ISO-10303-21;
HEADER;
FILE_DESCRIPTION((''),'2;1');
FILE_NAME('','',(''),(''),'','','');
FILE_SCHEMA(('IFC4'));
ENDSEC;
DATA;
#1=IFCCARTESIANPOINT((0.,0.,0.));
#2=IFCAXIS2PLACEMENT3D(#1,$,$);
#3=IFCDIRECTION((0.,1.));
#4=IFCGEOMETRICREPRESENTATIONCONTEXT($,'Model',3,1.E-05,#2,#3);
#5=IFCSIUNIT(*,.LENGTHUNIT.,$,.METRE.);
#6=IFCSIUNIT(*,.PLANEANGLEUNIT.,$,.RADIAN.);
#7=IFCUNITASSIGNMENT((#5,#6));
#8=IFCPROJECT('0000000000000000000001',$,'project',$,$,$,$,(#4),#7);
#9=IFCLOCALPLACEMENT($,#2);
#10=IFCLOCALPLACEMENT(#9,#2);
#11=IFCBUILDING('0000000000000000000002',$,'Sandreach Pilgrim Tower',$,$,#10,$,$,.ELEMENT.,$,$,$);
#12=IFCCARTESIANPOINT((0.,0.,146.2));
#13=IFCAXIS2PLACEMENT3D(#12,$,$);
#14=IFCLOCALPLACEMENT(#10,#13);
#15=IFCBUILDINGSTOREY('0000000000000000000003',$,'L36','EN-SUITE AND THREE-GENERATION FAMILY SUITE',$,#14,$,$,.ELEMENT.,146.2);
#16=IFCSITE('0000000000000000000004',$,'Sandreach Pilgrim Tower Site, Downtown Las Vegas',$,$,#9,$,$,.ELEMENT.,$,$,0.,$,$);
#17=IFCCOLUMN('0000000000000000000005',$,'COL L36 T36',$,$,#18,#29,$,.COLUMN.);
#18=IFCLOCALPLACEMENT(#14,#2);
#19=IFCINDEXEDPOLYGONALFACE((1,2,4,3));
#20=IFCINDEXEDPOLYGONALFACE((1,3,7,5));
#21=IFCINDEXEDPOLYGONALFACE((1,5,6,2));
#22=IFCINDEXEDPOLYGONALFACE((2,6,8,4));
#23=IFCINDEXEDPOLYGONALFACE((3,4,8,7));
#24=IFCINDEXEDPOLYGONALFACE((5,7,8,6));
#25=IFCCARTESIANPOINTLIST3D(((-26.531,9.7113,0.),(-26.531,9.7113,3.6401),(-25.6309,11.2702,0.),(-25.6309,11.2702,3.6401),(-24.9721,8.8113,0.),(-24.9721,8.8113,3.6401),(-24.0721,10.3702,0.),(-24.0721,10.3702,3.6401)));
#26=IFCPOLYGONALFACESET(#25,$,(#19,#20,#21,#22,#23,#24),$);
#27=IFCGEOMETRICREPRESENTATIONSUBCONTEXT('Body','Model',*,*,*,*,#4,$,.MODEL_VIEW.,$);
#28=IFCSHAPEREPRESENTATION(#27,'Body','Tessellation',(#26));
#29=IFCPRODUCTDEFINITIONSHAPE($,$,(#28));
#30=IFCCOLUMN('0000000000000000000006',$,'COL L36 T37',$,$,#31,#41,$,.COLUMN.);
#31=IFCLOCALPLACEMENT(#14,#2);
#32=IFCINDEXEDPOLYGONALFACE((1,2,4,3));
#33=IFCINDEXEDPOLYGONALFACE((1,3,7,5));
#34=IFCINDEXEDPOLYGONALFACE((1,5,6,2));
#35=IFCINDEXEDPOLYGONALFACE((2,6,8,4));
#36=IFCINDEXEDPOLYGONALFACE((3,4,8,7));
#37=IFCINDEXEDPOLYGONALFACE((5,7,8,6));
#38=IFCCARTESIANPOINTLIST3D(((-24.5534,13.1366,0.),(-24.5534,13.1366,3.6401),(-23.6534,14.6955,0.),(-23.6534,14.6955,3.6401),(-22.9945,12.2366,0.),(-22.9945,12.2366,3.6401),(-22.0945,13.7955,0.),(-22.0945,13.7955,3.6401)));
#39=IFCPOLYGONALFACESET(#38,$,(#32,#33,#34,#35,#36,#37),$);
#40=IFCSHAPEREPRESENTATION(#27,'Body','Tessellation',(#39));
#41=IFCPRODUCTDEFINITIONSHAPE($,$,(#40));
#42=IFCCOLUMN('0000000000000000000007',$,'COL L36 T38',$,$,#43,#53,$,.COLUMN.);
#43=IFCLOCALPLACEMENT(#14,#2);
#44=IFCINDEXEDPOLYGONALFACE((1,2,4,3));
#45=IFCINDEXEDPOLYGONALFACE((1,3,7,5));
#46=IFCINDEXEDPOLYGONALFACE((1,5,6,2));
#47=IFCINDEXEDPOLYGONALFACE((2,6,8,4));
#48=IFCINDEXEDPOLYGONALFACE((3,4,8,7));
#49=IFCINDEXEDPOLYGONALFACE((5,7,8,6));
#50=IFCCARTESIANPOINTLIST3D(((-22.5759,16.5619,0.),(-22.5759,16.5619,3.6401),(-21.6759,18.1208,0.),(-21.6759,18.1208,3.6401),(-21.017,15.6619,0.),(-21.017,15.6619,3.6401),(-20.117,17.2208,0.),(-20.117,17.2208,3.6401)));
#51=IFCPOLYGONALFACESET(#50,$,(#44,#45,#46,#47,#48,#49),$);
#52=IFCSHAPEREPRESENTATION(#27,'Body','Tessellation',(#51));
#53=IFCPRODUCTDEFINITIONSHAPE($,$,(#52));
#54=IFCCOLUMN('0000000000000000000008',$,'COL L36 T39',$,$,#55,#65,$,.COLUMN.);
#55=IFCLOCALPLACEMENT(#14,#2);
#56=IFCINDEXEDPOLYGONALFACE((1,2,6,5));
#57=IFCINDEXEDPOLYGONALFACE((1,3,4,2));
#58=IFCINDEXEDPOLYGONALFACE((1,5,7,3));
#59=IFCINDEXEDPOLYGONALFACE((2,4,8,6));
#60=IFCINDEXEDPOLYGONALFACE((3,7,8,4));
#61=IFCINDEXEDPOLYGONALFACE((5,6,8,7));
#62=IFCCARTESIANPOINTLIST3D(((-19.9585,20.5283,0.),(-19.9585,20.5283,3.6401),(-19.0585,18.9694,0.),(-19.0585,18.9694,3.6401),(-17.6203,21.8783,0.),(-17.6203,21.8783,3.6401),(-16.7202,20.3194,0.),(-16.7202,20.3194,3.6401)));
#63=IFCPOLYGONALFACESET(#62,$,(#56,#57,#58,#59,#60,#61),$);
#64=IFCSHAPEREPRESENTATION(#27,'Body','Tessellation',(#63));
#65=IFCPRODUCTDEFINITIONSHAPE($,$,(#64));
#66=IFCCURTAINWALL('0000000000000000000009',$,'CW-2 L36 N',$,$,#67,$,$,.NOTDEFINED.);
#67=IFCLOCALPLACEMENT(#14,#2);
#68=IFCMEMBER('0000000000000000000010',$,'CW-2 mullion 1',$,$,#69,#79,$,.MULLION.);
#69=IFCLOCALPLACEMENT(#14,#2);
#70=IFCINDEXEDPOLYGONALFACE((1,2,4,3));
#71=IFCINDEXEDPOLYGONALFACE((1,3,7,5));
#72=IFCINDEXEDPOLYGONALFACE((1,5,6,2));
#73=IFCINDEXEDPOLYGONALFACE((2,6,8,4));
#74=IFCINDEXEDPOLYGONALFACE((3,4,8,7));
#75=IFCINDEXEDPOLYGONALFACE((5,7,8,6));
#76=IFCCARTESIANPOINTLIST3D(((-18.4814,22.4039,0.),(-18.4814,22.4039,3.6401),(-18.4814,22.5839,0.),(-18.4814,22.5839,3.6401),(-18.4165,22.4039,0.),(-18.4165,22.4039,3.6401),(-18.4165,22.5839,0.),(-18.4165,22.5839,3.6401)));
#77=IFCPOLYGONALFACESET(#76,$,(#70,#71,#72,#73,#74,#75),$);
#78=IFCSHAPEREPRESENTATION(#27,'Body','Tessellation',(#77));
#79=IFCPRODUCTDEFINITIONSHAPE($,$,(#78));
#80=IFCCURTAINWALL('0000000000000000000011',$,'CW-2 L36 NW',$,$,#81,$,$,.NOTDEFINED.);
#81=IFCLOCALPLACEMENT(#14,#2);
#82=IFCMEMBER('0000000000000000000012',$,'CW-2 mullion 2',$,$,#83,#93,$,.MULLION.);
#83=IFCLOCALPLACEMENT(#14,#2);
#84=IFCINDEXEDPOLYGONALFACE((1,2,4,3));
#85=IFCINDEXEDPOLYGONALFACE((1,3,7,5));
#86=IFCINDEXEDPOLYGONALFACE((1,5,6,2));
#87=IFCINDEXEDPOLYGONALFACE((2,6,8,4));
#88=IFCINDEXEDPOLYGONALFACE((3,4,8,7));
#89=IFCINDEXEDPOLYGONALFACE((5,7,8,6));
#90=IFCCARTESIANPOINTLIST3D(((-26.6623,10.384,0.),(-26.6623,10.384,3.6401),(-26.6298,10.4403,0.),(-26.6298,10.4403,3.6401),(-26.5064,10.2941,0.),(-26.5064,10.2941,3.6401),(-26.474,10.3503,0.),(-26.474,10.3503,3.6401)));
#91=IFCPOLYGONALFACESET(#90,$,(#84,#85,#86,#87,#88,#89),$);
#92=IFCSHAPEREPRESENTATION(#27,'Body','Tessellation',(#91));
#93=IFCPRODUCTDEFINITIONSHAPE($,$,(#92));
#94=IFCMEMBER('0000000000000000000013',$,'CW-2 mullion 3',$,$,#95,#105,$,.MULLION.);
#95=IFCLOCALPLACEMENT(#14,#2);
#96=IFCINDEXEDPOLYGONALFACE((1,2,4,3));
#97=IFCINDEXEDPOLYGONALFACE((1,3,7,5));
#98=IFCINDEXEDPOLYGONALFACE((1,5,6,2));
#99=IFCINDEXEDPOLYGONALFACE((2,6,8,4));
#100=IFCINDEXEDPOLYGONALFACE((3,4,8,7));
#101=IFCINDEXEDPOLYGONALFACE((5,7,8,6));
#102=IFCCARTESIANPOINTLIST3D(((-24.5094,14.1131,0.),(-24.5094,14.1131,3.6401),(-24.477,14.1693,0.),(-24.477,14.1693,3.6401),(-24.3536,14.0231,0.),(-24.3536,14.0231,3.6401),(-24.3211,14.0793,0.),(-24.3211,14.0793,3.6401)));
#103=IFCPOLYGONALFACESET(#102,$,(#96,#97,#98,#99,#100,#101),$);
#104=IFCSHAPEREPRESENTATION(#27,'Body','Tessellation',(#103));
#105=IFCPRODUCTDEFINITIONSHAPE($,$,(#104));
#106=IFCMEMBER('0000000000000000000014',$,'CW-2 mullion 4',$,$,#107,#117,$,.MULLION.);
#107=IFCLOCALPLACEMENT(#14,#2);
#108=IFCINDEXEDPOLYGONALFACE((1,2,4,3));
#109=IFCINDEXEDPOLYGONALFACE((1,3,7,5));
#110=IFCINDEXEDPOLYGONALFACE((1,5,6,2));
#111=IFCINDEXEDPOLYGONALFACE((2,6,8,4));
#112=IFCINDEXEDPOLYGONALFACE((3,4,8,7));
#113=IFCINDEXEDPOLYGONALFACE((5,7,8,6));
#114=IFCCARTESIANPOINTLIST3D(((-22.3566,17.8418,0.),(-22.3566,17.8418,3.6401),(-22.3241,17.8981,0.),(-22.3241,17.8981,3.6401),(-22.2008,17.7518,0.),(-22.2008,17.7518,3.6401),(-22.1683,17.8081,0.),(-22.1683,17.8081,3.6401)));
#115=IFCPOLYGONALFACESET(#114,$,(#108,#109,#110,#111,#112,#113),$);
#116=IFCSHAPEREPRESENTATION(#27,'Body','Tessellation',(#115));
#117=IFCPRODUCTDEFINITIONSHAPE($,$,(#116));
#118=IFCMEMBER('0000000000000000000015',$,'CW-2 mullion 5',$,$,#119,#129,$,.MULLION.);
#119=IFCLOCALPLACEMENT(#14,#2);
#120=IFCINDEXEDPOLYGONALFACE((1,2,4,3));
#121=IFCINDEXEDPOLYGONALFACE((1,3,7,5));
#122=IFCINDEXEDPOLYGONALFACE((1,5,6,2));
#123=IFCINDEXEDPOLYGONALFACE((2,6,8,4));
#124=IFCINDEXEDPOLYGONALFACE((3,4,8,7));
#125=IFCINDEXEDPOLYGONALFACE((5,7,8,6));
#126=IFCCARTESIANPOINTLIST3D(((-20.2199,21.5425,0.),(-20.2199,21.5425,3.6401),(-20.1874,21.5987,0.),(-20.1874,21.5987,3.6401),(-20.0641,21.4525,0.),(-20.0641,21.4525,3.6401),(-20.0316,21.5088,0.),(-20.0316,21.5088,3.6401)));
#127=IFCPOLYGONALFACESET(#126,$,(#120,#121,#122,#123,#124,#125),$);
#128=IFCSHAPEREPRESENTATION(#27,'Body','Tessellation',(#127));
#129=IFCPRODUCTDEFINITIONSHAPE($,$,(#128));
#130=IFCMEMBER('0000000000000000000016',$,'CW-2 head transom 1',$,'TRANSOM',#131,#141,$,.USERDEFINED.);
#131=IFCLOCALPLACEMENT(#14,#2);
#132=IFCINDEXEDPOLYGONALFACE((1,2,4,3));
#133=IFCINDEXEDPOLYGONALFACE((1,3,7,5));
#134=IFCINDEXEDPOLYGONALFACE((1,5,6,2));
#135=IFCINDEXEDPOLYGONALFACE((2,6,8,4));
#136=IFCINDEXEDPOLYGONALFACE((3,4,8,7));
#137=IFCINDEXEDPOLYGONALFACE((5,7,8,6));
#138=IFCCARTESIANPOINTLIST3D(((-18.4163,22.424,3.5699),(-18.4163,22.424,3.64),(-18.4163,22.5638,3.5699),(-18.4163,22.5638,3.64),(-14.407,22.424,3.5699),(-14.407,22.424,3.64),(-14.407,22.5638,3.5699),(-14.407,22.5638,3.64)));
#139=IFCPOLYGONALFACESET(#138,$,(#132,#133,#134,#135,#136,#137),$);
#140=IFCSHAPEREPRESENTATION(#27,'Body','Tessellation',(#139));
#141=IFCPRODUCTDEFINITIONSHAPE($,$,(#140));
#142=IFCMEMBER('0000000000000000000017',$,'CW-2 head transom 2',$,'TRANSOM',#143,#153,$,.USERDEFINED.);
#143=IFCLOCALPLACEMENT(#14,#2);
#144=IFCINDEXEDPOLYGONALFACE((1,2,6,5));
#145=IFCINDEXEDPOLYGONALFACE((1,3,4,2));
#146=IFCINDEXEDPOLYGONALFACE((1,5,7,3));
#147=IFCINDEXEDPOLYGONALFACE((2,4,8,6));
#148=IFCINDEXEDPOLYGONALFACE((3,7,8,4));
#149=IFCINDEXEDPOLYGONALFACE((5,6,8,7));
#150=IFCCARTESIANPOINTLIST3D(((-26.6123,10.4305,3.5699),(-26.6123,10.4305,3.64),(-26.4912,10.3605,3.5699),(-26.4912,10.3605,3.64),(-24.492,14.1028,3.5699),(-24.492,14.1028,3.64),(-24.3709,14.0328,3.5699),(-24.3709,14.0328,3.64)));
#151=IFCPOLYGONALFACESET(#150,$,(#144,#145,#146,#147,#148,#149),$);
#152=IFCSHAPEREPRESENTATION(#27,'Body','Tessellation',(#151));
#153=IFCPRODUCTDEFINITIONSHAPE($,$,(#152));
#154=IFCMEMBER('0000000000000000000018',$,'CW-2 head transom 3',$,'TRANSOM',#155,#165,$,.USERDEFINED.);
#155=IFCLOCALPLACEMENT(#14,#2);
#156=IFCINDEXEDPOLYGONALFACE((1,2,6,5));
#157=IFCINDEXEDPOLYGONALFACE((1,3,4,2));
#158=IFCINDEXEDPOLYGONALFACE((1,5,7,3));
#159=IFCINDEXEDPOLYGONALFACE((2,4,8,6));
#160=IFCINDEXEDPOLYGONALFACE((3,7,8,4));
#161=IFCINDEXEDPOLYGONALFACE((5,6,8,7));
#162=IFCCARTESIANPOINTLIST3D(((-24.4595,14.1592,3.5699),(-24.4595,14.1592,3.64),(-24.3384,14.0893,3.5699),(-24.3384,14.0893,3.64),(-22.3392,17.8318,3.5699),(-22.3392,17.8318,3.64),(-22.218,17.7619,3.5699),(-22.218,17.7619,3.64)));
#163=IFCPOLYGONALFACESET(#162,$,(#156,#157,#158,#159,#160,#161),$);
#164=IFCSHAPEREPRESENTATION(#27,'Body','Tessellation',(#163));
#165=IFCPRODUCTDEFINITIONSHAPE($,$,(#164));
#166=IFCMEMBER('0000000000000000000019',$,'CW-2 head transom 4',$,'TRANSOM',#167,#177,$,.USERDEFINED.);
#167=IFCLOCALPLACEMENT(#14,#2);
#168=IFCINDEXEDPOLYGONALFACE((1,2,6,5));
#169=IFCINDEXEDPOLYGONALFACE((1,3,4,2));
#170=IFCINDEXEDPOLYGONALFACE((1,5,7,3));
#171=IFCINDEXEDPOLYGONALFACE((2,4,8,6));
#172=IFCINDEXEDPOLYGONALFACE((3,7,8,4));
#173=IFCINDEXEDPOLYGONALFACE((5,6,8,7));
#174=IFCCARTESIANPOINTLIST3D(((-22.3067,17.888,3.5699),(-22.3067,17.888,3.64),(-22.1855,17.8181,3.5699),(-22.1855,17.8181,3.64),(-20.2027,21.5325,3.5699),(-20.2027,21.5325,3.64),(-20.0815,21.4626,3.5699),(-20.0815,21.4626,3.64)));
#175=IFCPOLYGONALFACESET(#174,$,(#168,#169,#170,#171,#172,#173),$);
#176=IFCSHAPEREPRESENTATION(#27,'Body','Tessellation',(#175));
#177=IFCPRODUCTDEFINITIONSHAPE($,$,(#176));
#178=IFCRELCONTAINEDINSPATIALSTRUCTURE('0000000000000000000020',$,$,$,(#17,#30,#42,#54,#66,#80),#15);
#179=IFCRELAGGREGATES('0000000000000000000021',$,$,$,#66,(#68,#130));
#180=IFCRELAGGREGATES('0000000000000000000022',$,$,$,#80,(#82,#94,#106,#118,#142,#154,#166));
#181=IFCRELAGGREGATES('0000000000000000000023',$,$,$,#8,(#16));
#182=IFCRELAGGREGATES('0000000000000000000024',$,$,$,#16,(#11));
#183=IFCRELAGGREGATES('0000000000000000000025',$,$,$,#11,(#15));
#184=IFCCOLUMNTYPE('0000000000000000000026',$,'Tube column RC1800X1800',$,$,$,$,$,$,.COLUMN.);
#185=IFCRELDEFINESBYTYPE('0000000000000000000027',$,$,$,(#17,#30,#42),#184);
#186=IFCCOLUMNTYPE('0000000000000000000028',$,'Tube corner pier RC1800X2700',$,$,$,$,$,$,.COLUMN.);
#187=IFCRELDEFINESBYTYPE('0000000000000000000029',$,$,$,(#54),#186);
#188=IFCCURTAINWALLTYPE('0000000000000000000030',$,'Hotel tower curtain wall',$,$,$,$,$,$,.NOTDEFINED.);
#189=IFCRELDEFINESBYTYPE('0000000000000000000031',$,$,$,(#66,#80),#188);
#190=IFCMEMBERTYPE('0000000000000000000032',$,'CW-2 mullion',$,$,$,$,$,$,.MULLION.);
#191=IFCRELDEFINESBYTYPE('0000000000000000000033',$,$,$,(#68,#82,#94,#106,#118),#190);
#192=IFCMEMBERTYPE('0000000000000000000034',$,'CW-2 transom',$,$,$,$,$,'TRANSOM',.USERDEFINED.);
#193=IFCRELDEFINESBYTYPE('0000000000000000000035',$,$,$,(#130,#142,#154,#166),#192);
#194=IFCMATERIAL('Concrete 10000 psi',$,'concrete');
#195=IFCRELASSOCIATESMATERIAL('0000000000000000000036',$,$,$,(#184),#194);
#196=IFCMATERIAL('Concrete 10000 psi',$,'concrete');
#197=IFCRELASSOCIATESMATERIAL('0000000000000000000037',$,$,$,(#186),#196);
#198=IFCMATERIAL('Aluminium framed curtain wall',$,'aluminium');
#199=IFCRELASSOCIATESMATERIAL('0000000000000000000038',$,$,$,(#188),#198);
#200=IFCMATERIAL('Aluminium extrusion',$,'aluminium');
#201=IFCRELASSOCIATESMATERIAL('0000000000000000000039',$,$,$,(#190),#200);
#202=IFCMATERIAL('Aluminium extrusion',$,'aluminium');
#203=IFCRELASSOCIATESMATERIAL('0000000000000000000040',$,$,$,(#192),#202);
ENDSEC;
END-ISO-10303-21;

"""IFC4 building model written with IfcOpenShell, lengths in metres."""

from ifc_helpers import new_model, si_unit, direction, frame, origin, origin_2d, place, context, subcontext, project, spatial, rectangle, extrude, clip, halfspace, material, material_profile, profile_set, type_object, element, aggregate, save


model = new_model("IFC4")

# Units and contexts
model_context = context("Model", 3, precision=1e-05, world=origin(), true_north=direction((0.0, 1.0)))
body_context = subcontext(model_context, "Body", "Model", "MODEL_VIEW")
ifc_project = project(units=[si_unit("LENGTHUNIT", "METRE"), si_unit("PLANEANGLEUNIT", "RADIAN")], contexts=[model_context])

# Site, building, storey
site_placement = place(None, origin())
site = spatial("IfcSite", under=ifc_project, at=site_placement, Name="Sandreach Pilgrim Tower Site, Downtown Las Vegas", CompositionType="ELEMENT", RefElevation=0.0)
building_placement = place(site_placement, origin())
building = spatial("IfcBuilding", under=site, at=building_placement, Name="Sandreach Pilgrim Tower", CompositionType="ELEMENT")
storey_placement = place(building_placement, frame((0.0, 0.0, 146.2)))
storey = spatial("IfcBuildingStorey", under=building, at=storey_placement, Name="L36", Description="EN-SUITE AND THREE-GENERATION FAMILY SUITE", CompositionType="ELEMENT", Elevation=146.2)

# Columns
ifc_material_1 = material(Name="Concrete 10000 psi", Category="concrete")
ifc_material_profile_1 = material_profile(ifc_material_1, rectangle(XDim=1.8, YDim=1.8, at=origin_2d()), Name="RC1800X1800")
ifc_profile_set_1 = profile_set([ifc_material_profile_1], Name="Concrete 10000 psi")
column_type_1 = type_object("IfcColumnType", Name="Tube column RC1800X1800", PredefinedType="COLUMN", material=ifc_profile_set_1)
column_1_placement = place(storey_placement, frame((-25.3015, 10.0408, 0.0), z_axis=(0.0, 0.0, 1.0), x_axis=(-0.866025, 0.5, 0.0)))
element("IfcColumn", 1, at=column_1_placement, inside=storey, type_object=column_type_1, Name="COL L36 T36", PredefinedType="COLUMN", context=body_context, shape_type="SweptSolid", body=[
    clip(extrude(rectangle(XDim=1.8, YDim=1.8, at=origin_2d()), origin(), (0.0, 0.0, 1.0), 3.7393), halfspace(frame((0.0, 0.0, 3.6401)), False)),
])
column_2_placement = place(storey_placement, frame((-23.324, 13.4661, 0.0), z_axis=(0.0, 0.0, 1.0), x_axis=(-0.866025, 0.5, 0.0)))
element("IfcColumn", 2, at=column_2_placement, inside=storey, type_object=column_type_1, Name="COL L36 T37", PredefinedType="COLUMN", context=body_context, shape_type="SweptSolid", body=[
    clip(extrude(rectangle(XDim=1.8, YDim=1.8, at=origin_2d()), origin(), (0.0, 0.0, 1.0), 3.7468), halfspace(frame((0.0, 0.0, 3.6401)), False)),
])
column_3_placement = place(storey_placement, frame((-21.3464, 16.8914, 0.0), z_axis=(0.0, 0.0, 1.0), x_axis=(-0.866025, 0.5, 0.0)))
element("IfcColumn", 3, at=column_3_placement, inside=storey, type_object=column_type_1, Name="COL L36 T38", PredefinedType="COLUMN", context=body_context, shape_type="SweptSolid", body=[
    clip(extrude(rectangle(XDim=1.8, YDim=1.8, at=origin_2d()), origin(), (0.0, 0.0, 1.0), 3.7393), halfspace(frame((0.0, 0.0, 3.6401)), False)),
])
ifc_material_2 = material(Name="Concrete 10000 psi", Category="concrete")
ifc_material_profile_2 = material_profile(ifc_material_2, rectangle(XDim=1.8, YDim=2.7, at=origin_2d()), Name="RC1800X2700")
ifc_profile_set_2 = profile_set([ifc_material_profile_2], Name="Concrete 10000 psi")
column_type_2 = type_object("IfcColumnType", Name="Tube corner pier RC1800X2700", PredefinedType="COLUMN", material=ifc_profile_set_2)
column_4_placement = place(storey_placement, frame((-18.3394, 20.4238, 0.0), z_axis=(0.0, 0.0, 1.0), x_axis=(-0.5, 0.866025, 0.0)))
element("IfcColumn", 4, at=column_4_placement, inside=storey, type_object=column_type_2, Name="COL L36 T39", PredefinedType="COLUMN", context=body_context, shape_type="SweptSolid", body=[
    clip(extrude(rectangle(XDim=1.8, YDim=2.7, at=origin_2d()), origin(), (0.0, 0.0, 1.0), 3.7288), halfspace(frame((0.0, 0.0, 3.6401)), False)),
])

# Curtain wall, member
ifc_material_3 = material(Name="Aluminium framed curtain wall", Category="aluminium")
curtain_wall_type = type_object("IfcCurtainWallType", Name="Hotel tower curtain wall", PredefinedType="NOTDEFINED", material=ifc_material_3)
curtain_wall_1_placement = place(storey_placement, origin())
curtain_wall_1 = element("IfcCurtainWall", 5, at=curtain_wall_1_placement, inside=storey, type_object=curtain_wall_type, Name="CW-2 L36 N", PredefinedType="NOTDEFINED")
ifc_material_4 = material(Name="Aluminium extrusion", Category="aluminium")
ifc_material_profile_3 = material_profile(ifc_material_4, rectangle(XDim=0.0649, YDim=0.1799, at=origin_2d()), Name="CW-2M 65X180")
ifc_profile_set_3 = profile_set([ifc_material_profile_3], Name="Aluminium extrusion")
member_type_1 = type_object("IfcMemberType", Name="CW-2 mullion", PredefinedType="MULLION", material=ifc_profile_set_3)
member_1_placement = place(storey_placement, frame((-18.449, 22.4939, 0.0), z_axis=(0.0, 0.0, 1.0), x_axis=(1.0, 0.0, 0.0)))
member_1 = element("IfcMember", 6, at=member_1_placement, type_object=member_type_1, Name="CW-2 mullion 1", PredefinedType="MULLION", context=body_context, shape_type="SweptSolid", body=[
    extrude(rectangle(XDim=0.0649, YDim=0.1799, at=origin_2d()), origin(), (0.0, 0.0, 1.0), 3.6401),
])

# Curtain wall, members
curtain_wall_2_placement = place(storey_placement, origin())
curtain_wall_2 = element("IfcCurtainWall", 7, at=curtain_wall_2_placement, inside=storey, type_object=curtain_wall_type, Name="CW-2 L36 NW", PredefinedType="NOTDEFINED")
member_2_placement = place(storey_placement, frame((-26.5681, 10.3672, 0.0), z_axis=(0.0, 0.0, 1.0), x_axis=(0.5, 0.866025, 0.0)))
member_2 = element("IfcMember", 8, at=member_2_placement, type_object=member_type_1, Name="CW-2 mullion 2", PredefinedType="MULLION", context=body_context, shape_type="SweptSolid", body=[
    extrude(rectangle(XDim=0.0649, YDim=0.1799, at=origin_2d()), origin(), (0.0, 0.0, 1.0), 3.6401),
])
member_3_placement = place(storey_placement, frame((-24.4153, 14.0962, 0.0), z_axis=(0.0, 0.0, 1.0), x_axis=(0.5, 0.866025, 0.0)))
member_3 = element("IfcMember", 9, at=member_3_placement, type_object=member_type_1, Name="CW-2 mullion 3", PredefinedType="MULLION", context=body_context, shape_type="SweptSolid", body=[
    extrude(rectangle(XDim=0.0649, YDim=0.1799, at=origin_2d()), origin(), (0.0, 0.0, 1.0), 3.6401),
])
member_4_placement = place(storey_placement, frame((-22.2625, 17.825, 0.0), z_axis=(0.0, 0.0, 1.0), x_axis=(0.5, 0.866025, 0.0)))
member_4 = element("IfcMember", 10, at=member_4_placement, type_object=member_type_1, Name="CW-2 mullion 4", PredefinedType="MULLION", context=body_context, shape_type="SweptSolid", body=[
    extrude(rectangle(XDim=0.0649, YDim=0.1799, at=origin_2d()), origin(), (0.0, 0.0, 1.0), 3.6401),
])
member_5_placement = place(storey_placement, frame((-20.1257, 21.5256, 0.0), z_axis=(0.0, 0.0, 1.0), x_axis=(0.5, 0.866025, 0.0)))
member_5 = element("IfcMember", 11, at=member_5_placement, type_object=member_type_1, Name="CW-2 mullion 5", PredefinedType="MULLION", context=body_context, shape_type="SweptSolid", body=[
    extrude(rectangle(XDim=0.0649, YDim=0.1799, at=origin_2d()), origin(), (0.0, 0.0, 1.0), 3.6401),
])

# Members
ifc_material_5 = material(Name="Aluminium extrusion", Category="aluminium")
ifc_material_profile_4 = material_profile(ifc_material_5, rectangle(XDim=0.1399, YDim=0.0701, at=origin_2d()), Name="CW-2T 140X70")
ifc_profile_set_4 = profile_set([ifc_material_profile_4], Name="Aluminium extrusion")
member_type_2 = type_object("IfcMemberType", Name="CW-2 transom", ElementType="TRANSOM", PredefinedType="USERDEFINED", material=ifc_profile_set_4)
member_6_placement = place(storey_placement, frame((-18.4163, 22.4939, 3.605), z_axis=(1.0, 0.0, 0.0), x_axis=(0.0, 1.0, 0.0)))
member_6 = element("IfcMember", 12, at=member_6_placement, type_object=member_type_2, Name="CW-2 head transom 1", ObjectType="TRANSOM", PredefinedType="USERDEFINED", context=body_context, shape_type="SweptSolid", body=[
    extrude(rectangle(XDim=0.1399, YDim=0.0701, at=origin_2d()), origin(), (0.0, 0.0, 1.0), 4.0093),
])
aggregate(curtain_wall_1, [member_1, member_6])
member_7_placement = place(storey_placement, frame((-26.5518, 10.3955, 3.605), z_axis=(0.500021, 0.866013, 0.0), x_axis=(-0.866013, 0.500021, 0.0)))
member_7 = element("IfcMember", 13, at=member_7_placement, type_object=member_type_2, Name="CW-2 head transom 2", ObjectType="TRANSOM", PredefinedType="USERDEFINED", context=body_context, shape_type="SweptSolid", body=[
    extrude(rectangle(XDim=0.1399, YDim=0.0701, at=origin_2d()), origin(), (0.0, 0.0, 1.0), 4.2405),
])
member_8_placement = place(storey_placement, frame((-24.3989, 14.1243, 3.605), z_axis=(0.499997, 0.866027, 0.0), x_axis=(-0.866027, 0.499997, 0.0)))
member_8 = element("IfcMember", 14, at=member_8_placement, type_object=member_type_2, Name="CW-2 head transom 3", ObjectType="TRANSOM", PredefinedType="USERDEFINED", context=body_context, shape_type="SweptSolid", body=[
    extrude(rectangle(XDim=0.1399, YDim=0.0701, at=origin_2d()), origin(), (0.0, 0.0, 1.0), 4.2407),
])
member_9_placement = place(storey_placement, frame((-22.2461, 17.853, 3.605), z_axis=(0.49997, 0.866043, 0.0), x_axis=(-0.866043, 0.49997, 0.0)))
member_9 = element("IfcMember", 15, at=member_9_placement, type_object=member_type_2, Name="CW-2 head transom 4", ObjectType="TRANSOM", PredefinedType="USERDEFINED", context=body_context, shape_type="SweptSolid", body=[
    extrude(rectangle(XDim=0.1399, YDim=0.0701, at=origin_2d()), origin(), (0.0, 0.0, 1.0), 4.2083),
])

aggregate(curtain_wall_2, [member_2, member_3, member_4, member_5, member_7, member_8, member_9])

save(model, "model.ifc")
